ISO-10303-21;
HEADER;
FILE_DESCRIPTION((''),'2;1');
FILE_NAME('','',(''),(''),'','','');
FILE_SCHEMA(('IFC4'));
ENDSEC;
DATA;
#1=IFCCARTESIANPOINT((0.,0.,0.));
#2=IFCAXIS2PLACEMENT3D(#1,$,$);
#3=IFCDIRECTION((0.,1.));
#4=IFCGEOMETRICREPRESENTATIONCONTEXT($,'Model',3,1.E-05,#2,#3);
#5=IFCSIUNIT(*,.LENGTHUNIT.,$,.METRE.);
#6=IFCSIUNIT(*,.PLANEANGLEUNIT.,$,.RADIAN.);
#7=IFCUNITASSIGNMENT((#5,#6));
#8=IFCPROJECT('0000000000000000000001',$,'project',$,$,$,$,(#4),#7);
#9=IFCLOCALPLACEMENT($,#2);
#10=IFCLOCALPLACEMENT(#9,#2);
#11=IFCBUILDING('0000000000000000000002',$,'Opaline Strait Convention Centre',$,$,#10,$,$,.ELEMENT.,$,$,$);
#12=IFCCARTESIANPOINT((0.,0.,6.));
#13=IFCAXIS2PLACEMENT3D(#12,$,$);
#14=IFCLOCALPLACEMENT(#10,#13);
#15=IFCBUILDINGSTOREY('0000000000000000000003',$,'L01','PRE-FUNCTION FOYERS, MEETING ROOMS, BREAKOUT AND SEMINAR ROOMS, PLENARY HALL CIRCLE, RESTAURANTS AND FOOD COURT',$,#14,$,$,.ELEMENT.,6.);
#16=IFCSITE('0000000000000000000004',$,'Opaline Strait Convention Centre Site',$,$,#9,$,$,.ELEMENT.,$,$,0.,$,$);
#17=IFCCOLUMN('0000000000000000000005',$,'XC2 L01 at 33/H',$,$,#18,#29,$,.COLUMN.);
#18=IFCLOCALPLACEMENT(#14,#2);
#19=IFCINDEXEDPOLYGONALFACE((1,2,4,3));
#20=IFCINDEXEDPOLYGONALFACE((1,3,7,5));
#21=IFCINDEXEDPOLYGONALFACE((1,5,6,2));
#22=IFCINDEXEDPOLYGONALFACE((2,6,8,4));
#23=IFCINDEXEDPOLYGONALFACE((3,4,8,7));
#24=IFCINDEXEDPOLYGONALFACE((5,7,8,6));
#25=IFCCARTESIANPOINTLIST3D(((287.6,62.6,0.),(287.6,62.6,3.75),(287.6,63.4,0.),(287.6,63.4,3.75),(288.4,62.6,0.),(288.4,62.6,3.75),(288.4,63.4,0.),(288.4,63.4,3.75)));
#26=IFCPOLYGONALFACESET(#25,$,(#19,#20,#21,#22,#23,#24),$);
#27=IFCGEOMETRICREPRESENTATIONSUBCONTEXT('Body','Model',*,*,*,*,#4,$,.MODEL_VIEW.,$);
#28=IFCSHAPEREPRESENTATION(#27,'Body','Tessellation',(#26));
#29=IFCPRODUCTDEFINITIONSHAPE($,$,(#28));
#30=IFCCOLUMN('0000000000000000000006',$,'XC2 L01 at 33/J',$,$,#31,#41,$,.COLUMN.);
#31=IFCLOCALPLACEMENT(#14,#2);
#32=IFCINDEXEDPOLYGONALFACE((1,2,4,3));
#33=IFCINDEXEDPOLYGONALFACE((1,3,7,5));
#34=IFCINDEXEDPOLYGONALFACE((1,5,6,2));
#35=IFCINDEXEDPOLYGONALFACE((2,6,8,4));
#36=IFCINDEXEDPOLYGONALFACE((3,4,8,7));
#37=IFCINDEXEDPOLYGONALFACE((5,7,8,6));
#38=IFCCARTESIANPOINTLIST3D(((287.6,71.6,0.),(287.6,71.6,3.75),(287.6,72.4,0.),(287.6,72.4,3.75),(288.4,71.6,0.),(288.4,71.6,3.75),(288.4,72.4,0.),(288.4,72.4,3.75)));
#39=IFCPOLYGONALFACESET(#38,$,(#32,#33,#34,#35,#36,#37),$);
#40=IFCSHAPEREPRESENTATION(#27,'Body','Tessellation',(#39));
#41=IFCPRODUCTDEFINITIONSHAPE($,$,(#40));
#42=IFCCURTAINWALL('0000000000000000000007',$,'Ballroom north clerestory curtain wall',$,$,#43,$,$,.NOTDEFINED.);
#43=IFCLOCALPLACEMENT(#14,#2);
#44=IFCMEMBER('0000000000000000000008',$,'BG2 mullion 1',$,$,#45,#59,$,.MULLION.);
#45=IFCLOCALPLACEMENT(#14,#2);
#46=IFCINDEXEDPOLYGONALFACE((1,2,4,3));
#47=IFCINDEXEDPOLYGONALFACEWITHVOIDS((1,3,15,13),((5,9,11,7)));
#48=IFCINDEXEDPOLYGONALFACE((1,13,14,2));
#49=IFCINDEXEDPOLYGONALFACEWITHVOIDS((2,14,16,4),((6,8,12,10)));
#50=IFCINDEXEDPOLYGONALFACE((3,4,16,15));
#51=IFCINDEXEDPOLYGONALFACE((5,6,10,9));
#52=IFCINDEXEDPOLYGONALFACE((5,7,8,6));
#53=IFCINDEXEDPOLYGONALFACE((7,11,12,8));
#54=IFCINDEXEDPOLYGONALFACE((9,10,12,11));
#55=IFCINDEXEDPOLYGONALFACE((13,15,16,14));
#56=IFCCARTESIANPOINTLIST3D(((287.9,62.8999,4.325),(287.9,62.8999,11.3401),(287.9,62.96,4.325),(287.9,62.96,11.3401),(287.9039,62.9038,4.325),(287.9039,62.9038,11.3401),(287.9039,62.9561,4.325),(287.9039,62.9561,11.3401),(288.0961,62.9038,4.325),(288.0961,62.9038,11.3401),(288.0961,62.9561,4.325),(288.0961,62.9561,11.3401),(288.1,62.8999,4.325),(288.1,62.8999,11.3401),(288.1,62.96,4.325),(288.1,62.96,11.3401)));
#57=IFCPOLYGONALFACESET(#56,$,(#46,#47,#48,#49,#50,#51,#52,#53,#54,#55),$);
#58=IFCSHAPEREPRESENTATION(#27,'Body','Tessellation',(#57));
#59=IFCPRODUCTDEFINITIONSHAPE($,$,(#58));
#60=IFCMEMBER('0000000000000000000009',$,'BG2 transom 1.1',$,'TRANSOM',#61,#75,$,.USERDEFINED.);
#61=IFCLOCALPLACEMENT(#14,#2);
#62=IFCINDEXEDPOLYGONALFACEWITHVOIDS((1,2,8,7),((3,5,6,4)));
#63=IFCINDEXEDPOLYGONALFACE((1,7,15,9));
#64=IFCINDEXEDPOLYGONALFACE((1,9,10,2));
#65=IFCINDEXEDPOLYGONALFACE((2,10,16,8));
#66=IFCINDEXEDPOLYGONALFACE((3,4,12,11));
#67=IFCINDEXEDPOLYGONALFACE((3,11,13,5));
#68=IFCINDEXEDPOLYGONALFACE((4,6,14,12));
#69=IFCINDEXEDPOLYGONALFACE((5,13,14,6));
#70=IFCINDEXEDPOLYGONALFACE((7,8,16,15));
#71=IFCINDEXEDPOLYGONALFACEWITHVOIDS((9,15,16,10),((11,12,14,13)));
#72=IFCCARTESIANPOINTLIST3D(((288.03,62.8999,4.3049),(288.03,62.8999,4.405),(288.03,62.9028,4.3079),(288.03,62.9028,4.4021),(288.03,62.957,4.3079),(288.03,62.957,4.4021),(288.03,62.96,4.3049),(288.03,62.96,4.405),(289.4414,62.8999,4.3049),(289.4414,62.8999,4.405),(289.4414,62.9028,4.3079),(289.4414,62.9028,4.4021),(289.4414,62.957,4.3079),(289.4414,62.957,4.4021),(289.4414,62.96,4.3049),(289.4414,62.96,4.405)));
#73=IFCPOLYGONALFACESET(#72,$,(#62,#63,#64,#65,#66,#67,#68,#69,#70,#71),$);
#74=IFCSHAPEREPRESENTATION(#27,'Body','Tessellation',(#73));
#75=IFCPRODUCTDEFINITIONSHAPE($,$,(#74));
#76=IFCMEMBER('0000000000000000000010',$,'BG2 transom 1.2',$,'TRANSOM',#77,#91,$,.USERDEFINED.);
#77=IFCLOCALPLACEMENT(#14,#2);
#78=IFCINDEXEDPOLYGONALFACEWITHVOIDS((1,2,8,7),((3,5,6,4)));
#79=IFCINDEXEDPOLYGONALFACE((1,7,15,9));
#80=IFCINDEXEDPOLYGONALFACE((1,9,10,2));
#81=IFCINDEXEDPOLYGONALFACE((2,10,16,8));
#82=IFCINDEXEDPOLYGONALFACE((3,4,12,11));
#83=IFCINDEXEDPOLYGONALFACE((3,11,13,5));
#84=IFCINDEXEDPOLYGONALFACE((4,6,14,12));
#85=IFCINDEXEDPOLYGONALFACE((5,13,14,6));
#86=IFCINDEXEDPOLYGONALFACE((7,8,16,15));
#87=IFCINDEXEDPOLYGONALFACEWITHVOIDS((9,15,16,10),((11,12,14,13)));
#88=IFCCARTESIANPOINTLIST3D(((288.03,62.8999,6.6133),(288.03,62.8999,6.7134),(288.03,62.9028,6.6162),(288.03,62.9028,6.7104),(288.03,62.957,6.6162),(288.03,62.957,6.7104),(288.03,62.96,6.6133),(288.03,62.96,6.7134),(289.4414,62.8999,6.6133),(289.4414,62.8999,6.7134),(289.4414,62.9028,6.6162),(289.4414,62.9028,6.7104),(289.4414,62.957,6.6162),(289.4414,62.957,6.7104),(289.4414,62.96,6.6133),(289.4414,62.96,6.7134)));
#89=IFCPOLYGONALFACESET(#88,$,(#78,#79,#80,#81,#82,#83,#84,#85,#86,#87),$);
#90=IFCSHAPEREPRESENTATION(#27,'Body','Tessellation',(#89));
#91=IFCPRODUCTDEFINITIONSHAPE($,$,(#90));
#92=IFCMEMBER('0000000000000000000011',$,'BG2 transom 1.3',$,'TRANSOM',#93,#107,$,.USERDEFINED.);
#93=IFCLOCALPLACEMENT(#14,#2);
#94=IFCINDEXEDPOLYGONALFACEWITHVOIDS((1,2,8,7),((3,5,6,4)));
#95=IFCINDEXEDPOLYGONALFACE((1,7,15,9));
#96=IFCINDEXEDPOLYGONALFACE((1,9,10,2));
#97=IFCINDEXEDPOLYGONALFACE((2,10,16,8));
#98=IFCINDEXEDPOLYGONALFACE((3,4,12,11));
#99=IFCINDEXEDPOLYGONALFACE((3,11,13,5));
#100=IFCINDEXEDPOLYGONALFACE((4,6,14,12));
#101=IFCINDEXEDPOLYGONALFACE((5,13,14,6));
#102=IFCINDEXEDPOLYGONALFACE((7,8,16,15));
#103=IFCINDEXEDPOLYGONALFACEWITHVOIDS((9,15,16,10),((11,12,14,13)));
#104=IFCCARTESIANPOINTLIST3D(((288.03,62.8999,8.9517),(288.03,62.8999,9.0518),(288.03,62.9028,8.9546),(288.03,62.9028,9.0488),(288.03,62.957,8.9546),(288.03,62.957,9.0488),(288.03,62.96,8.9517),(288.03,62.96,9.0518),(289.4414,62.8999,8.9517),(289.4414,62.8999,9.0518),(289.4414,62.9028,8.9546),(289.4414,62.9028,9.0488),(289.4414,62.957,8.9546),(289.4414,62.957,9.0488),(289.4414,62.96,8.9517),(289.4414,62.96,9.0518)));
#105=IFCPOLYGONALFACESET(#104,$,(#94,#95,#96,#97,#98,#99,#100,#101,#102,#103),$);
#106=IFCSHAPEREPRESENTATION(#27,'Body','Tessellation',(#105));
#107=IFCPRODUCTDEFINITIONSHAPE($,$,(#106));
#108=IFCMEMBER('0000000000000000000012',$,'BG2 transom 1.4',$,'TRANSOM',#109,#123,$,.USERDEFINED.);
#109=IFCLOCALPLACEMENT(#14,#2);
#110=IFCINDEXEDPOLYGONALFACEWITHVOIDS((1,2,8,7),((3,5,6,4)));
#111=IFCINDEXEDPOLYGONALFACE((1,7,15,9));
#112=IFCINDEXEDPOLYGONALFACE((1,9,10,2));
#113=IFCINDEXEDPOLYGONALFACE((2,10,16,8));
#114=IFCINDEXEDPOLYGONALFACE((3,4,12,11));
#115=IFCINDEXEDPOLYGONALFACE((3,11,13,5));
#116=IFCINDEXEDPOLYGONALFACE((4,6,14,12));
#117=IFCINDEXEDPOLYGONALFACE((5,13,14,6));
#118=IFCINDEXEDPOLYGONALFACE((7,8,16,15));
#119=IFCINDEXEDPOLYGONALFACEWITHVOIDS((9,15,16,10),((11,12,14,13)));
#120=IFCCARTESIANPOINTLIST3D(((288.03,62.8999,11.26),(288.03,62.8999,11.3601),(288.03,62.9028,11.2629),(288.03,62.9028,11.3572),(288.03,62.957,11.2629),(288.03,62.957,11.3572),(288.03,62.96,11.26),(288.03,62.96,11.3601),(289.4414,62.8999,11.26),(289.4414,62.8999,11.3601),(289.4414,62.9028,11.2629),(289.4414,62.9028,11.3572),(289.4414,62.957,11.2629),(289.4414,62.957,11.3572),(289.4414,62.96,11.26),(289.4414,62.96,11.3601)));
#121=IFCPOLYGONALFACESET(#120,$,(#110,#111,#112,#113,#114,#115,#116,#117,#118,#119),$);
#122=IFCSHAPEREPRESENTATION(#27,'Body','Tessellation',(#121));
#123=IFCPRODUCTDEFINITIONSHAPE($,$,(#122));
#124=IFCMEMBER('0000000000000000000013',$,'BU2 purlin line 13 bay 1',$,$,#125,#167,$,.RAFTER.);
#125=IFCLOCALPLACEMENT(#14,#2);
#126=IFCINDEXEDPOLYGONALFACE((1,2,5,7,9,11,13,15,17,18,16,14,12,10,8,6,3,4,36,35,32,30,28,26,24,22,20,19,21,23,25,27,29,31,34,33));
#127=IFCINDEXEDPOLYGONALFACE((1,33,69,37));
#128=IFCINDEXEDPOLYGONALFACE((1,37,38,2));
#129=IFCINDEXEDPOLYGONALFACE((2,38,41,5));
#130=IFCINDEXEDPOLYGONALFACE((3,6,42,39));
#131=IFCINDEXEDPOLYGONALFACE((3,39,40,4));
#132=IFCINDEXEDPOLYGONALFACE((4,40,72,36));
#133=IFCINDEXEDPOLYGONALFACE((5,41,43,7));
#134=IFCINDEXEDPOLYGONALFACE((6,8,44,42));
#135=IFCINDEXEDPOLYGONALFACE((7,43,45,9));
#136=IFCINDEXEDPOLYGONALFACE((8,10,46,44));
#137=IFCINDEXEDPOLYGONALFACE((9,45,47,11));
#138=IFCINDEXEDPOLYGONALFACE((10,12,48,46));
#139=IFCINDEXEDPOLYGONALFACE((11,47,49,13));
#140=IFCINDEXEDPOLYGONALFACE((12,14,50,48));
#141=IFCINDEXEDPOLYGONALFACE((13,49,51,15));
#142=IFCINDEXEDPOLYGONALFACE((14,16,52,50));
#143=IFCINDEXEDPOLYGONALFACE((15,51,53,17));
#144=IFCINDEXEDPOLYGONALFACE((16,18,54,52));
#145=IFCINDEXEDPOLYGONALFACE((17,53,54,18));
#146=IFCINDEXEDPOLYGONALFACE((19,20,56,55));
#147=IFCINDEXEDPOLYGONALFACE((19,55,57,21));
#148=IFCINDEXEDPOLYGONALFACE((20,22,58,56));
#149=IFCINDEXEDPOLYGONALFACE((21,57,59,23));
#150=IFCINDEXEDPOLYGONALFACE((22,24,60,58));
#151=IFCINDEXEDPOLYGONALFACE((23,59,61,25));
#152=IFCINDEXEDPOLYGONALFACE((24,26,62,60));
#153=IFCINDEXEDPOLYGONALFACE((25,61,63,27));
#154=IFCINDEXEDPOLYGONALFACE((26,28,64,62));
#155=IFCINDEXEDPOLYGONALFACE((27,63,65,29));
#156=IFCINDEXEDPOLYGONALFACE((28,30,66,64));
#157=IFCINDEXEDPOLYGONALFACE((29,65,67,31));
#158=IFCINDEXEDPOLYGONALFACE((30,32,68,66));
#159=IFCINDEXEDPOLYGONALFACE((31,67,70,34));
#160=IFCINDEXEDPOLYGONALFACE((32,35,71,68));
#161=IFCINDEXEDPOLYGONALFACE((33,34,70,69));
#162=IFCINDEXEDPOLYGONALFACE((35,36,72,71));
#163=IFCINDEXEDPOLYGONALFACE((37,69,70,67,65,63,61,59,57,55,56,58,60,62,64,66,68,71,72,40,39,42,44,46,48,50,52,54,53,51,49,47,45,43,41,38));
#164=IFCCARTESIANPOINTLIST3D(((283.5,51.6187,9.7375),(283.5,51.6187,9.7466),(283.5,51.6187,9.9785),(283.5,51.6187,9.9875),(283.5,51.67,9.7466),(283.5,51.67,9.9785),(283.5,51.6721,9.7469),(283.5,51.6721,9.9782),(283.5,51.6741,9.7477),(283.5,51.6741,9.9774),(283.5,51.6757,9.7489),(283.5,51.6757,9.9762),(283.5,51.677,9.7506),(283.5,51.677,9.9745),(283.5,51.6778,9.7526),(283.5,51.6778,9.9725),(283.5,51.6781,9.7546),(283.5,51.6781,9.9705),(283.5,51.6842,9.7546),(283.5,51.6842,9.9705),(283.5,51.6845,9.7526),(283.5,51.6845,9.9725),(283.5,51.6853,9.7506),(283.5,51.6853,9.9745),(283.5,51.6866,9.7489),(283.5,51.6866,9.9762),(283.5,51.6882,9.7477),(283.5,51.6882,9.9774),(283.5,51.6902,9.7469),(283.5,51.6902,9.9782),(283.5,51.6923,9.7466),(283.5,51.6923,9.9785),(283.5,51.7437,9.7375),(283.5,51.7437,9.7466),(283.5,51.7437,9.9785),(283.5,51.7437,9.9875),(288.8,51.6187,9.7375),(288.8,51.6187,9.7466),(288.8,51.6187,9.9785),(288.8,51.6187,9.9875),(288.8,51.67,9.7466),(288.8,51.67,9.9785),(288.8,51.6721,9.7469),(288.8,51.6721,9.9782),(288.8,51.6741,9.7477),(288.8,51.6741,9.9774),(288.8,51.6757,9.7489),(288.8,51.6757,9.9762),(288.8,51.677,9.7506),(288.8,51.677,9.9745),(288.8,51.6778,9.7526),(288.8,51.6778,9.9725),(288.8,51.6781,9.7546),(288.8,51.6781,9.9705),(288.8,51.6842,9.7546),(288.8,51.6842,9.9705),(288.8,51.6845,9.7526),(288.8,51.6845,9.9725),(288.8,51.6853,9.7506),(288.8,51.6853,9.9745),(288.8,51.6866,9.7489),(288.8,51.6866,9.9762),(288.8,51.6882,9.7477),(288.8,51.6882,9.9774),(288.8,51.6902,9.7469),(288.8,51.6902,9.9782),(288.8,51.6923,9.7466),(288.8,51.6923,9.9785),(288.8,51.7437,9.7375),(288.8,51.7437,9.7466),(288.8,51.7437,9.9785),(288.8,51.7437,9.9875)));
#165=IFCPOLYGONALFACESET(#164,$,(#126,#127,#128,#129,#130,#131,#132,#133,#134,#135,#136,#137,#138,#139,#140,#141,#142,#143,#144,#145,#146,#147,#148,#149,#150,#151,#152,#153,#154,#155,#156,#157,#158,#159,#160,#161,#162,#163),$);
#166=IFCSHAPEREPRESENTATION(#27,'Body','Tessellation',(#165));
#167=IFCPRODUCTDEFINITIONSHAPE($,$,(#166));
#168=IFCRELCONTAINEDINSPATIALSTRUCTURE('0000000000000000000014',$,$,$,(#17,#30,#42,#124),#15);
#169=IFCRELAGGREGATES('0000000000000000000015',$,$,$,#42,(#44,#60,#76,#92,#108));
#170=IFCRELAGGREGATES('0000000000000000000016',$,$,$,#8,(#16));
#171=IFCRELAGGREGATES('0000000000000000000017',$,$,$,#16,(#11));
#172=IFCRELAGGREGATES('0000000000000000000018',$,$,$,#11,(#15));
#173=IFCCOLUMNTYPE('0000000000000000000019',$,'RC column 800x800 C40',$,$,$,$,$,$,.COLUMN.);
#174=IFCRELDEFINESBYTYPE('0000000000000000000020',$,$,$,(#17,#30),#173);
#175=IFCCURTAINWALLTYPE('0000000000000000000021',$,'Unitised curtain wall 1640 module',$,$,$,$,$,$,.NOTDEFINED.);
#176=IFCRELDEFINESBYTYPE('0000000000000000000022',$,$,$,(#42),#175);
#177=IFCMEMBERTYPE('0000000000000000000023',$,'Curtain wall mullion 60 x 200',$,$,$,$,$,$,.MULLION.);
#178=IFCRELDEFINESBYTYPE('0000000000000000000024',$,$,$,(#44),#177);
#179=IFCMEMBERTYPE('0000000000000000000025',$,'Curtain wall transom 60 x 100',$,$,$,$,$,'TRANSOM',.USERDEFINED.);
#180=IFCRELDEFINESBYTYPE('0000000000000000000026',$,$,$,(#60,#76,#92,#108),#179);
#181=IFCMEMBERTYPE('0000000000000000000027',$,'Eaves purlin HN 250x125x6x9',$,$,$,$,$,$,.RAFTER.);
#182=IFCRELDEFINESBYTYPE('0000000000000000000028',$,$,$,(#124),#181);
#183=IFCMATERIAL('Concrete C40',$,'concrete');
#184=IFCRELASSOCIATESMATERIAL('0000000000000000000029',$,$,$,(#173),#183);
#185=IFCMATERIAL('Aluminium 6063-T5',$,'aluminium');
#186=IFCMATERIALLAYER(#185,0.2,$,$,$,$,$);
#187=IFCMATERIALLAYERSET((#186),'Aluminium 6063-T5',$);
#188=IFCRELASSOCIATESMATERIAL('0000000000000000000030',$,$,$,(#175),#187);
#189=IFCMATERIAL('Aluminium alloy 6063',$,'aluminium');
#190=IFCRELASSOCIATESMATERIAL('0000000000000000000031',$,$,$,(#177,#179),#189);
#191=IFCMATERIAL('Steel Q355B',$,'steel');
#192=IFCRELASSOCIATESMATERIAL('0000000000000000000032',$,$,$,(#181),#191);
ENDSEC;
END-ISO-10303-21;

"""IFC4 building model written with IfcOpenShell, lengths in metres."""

from ifc_helpers import new_model, si_unit, direction, frame, origin, origin_2d, place, context, subcontext, project, spatial, rectangle, hollow_rectangle, i_section, extrude, material, layer, layer_set, material_profile, profile_set, type_object, element, aggregate, save


model = new_model("IFC4")

# Units and contexts
model_context = context("Model", 3, precision=1e-05, world=origin(), true_north=direction((0.0, 1.0)))
body_context = subcontext(model_context, "Body", "Model", "MODEL_VIEW")
ifc_project = project(units=[si_unit("LENGTHUNIT", "METRE"), si_unit("PLANEANGLEUNIT", "RADIAN")], contexts=[model_context])

# Site, building, storey
site_placement = place(None, origin())
site = spatial("IfcSite", under=ifc_project, at=site_placement, Name="Opaline Strait Convention Centre Site", CompositionType="ELEMENT", RefElevation=0.0)
building_placement = place(site_placement, origin())
building = spatial("IfcBuilding", under=site, at=building_placement, Name="Opaline Strait Convention Centre", CompositionType="ELEMENT")
storey_placement = place(building_placement, frame((0.0, 0.0, 6.0)))
storey = spatial("IfcBuildingStorey", under=building, at=storey_placement, Name="L01", Description="PRE-FUNCTION FOYERS, MEETING ROOMS, BREAKOUT AND SEMINAR ROOMS, PLENARY HALL CIRCLE, RESTAURANTS AND FOOD COURT", CompositionType="ELEMENT", Elevation=6.0)

# Columns
ifc_material_1 = material(Name="Concrete C40", Category="concrete")
ifc_material_profile_1 = material_profile(ifc_material_1, rectangle(XDim=0.8, YDim=0.8, at=origin_2d()), Name="RC 800x800")
ifc_profile_set_1 = profile_set([ifc_material_profile_1], Name="Concrete C40")
column_type = type_object("IfcColumnType", Name="RC column 800x800 C40", PredefinedType="COLUMN", material=ifc_profile_set_1)
for number, where, z_axis, x_axis, name in (
    (1, (288.0, 63.0, 0.0), (0.0, 0.0, 1.0), (1.0, 0.0, 0.0), "XC2 L01 at 33/H"),
    (2, (288.0, 72.0, 0.0), (0.0, 0.0, 1.0), (1.0, 0.0, 0.0), "XC2 L01 at 33/J"),
):
    element("IfcColumn", number, at=place(storey_placement, frame(where, z_axis=z_axis, x_axis=x_axis)), inside=storey, type_object=column_type, Name=name, PredefinedType="COLUMN", context=body_context, shape_type="SweptSolid", body=[
        extrude(rectangle(XDim=0.8, YDim=0.8, at=origin_2d()), origin(), (0.0, 0.0, 1.0), 3.75),
    ])

# Curtain wall, members
ifc_material_2 = material(Name="Aluminium 6063-T5", Category="aluminium")
ifc_layer_1 = layer(ifc_material_2, 0.2)
ifc_layer_set_1 = layer_set([ifc_layer_1], Name="Aluminium 6063-T5")
curtain_wall_type = type_object("IfcCurtainWallType", Name="Unitised curtain wall 1640 module", PredefinedType="NOTDEFINED", material=ifc_layer_set_1)
curtain_wall_placement = place(storey_placement, origin())
curtain_wall = element("IfcCurtainWall", 3, at=curtain_wall_placement, inside=storey, type_object=curtain_wall_type, Name="Ballroom north clerestory curtain wall", PredefinedType="NOTDEFINED")
ifc_material_3 = material(Name="Aluminium alloy 6063", Category="aluminium")
ifc_material_profile_2 = material_profile(ifc_material_3, hollow_rectangle(XDim=0.0601, YDim=0.2, WallThickness=0.0039, at=origin_2d()), Name="MULLION 60x200x4")
ifc_profile_set_2 = profile_set([ifc_material_profile_2], Name="Aluminium alloy 6063")
member_type_1 = type_object("IfcMemberType", Name="Curtain wall mullion 60 x 200", PredefinedType="MULLION", material=ifc_profile_set_2)
member_1_placement = place(storey_placement, frame((288.0, 62.9299, 4.325), z_axis=(0.0, 0.0, 1.0), x_axis=(0.0, 1.0, 0.0)))
member_1 = element("IfcMember", 4, at=member_1_placement, type_object=member_type_1, Name="BG2 mullion 1", PredefinedType="MULLION", context=body_context, shape_type="SweptSolid", body=[
    extrude(hollow_rectangle(XDim=0.0601, YDim=0.2, WallThickness=0.0039, at=origin_2d()), origin(), (0.0, 0.0, 1.0), 7.0151),
])
ifc_material_profile_3 = material_profile(ifc_material_3, hollow_rectangle(XDim=0.0601, YDim=0.1001, WallThickness=0.0029, at=origin_2d()), Name="TRANSOM 60x100x3")
ifc_profile_set_3 = profile_set([ifc_material_profile_3], Name="Aluminium alloy 6063")
member_type_2 = type_object("IfcMemberType", Name="Curtain wall transom 60 x 100", ElementType="TRANSOM", PredefinedType="USERDEFINED", material=ifc_profile_set_3)
member_2_placement = place(storey_placement, frame((288.03, 62.9299, 4.355), z_axis=(1.0, 0.0, 0.0), x_axis=(0.0, 1.0, 0.0)))
member_2 = element("IfcMember", 5, at=member_2_placement, type_object=member_type_2, Name="BG2 transom 1.1", ObjectType="TRANSOM", PredefinedType="USERDEFINED", context=body_context, shape_type="SweptSolid", body=[
    extrude(hollow_rectangle(XDim=0.0601, YDim=0.1001, WallThickness=0.0029, at=origin_2d()), origin(), (0.0, 0.0, 1.0), 1.4114),
])
member_3_placement = place(storey_placement, frame((288.03, 62.9299, 6.6633), z_axis=(1.0, 0.0, 0.0), x_axis=(0.0, 1.0, 0.0)))
member_3 = element("IfcMember", 6, at=member_3_placement, type_object=member_type_2, Name="BG2 transom 1.2", ObjectType="TRANSOM", PredefinedType="USERDEFINED", context=body_context, shape_type="SweptSolid", body=[
    extrude(hollow_rectangle(XDim=0.0601, YDim=0.1001, WallThickness=0.0029, at=origin_2d()), origin(), (0.0, 0.0, 1.0), 1.4114),
])
member_4_placement = place(storey_placement, frame((288.03, 62.9299, 9.0017), z_axis=(1.0, 0.0, 0.0), x_axis=(0.0, 1.0, 0.0)))
member_4 = element("IfcMember", 7, at=member_4_placement, type_object=member_type_2, Name="BG2 transom 1.3", ObjectType="TRANSOM", PredefinedType="USERDEFINED", context=body_context, shape_type="SweptSolid", body=[
    extrude(hollow_rectangle(XDim=0.0601, YDim=0.1001, WallThickness=0.0029, at=origin_2d()), origin(), (0.0, 0.0, 1.0), 1.4114),
])
member_5_placement = place(storey_placement, frame((288.03, 62.9299, 11.3101), z_axis=(1.0, 0.0, 0.0), x_axis=(0.0, 1.0, 0.0)))
member_5 = element("IfcMember", 8, at=member_5_placement, type_object=member_type_2, Name="BG2 transom 1.4", ObjectType="TRANSOM", PredefinedType="USERDEFINED", context=body_context, shape_type="SweptSolid", body=[
    extrude(hollow_rectangle(XDim=0.0601, YDim=0.1001, WallThickness=0.0029, at=origin_2d()), origin(), (0.0, 0.0, 1.0), 1.4114),
])
aggregate(curtain_wall, [member_1, member_2, member_3, member_4, member_5])

# Member
ifc_material_4 = material(Name="Steel Q355B", Category="steel")
ifc_material_profile_4 = material_profile(ifc_material_4, i_section(OverallWidth=0.125, OverallDepth=0.25, WebThickness=0.0061, FlangeThickness=0.009, FilletRadius=0.0081, at=origin_2d()), Name="HN 250x125x6x9")
ifc_profile_set_4 = profile_set([ifc_material_profile_4], Name="Steel Q355B")
member_type_3 = type_object("IfcMemberType", Name="Eaves purlin HN 250x125x6x9", PredefinedType="RAFTER", material=ifc_profile_set_4)
for number, where, z_axis, x_axis, name in (
    (9, (283.5, 51.6812, 9.8625), (1.0, 0.0, 0.0), (0.0, 1.0, 0.0), "BU2 purlin line 13 bay 1"),
):
    element("IfcMember", number, at=place(storey_placement, frame(where, z_axis=z_axis, x_axis=x_axis)), inside=storey, type_object=member_type_3, Name=name, PredefinedType="RAFTER", context=body_context, shape_type="SweptSolid", body=[
        extrude(i_section(OverallWidth=0.125, OverallDepth=0.25, WebThickness=0.0061, FlangeThickness=0.009, FilletRadius=0.0081, at=origin_2d()), origin(), (0.0, 0.0, 1.0), 5.3),
    ])

save(model, "model.ifc")
